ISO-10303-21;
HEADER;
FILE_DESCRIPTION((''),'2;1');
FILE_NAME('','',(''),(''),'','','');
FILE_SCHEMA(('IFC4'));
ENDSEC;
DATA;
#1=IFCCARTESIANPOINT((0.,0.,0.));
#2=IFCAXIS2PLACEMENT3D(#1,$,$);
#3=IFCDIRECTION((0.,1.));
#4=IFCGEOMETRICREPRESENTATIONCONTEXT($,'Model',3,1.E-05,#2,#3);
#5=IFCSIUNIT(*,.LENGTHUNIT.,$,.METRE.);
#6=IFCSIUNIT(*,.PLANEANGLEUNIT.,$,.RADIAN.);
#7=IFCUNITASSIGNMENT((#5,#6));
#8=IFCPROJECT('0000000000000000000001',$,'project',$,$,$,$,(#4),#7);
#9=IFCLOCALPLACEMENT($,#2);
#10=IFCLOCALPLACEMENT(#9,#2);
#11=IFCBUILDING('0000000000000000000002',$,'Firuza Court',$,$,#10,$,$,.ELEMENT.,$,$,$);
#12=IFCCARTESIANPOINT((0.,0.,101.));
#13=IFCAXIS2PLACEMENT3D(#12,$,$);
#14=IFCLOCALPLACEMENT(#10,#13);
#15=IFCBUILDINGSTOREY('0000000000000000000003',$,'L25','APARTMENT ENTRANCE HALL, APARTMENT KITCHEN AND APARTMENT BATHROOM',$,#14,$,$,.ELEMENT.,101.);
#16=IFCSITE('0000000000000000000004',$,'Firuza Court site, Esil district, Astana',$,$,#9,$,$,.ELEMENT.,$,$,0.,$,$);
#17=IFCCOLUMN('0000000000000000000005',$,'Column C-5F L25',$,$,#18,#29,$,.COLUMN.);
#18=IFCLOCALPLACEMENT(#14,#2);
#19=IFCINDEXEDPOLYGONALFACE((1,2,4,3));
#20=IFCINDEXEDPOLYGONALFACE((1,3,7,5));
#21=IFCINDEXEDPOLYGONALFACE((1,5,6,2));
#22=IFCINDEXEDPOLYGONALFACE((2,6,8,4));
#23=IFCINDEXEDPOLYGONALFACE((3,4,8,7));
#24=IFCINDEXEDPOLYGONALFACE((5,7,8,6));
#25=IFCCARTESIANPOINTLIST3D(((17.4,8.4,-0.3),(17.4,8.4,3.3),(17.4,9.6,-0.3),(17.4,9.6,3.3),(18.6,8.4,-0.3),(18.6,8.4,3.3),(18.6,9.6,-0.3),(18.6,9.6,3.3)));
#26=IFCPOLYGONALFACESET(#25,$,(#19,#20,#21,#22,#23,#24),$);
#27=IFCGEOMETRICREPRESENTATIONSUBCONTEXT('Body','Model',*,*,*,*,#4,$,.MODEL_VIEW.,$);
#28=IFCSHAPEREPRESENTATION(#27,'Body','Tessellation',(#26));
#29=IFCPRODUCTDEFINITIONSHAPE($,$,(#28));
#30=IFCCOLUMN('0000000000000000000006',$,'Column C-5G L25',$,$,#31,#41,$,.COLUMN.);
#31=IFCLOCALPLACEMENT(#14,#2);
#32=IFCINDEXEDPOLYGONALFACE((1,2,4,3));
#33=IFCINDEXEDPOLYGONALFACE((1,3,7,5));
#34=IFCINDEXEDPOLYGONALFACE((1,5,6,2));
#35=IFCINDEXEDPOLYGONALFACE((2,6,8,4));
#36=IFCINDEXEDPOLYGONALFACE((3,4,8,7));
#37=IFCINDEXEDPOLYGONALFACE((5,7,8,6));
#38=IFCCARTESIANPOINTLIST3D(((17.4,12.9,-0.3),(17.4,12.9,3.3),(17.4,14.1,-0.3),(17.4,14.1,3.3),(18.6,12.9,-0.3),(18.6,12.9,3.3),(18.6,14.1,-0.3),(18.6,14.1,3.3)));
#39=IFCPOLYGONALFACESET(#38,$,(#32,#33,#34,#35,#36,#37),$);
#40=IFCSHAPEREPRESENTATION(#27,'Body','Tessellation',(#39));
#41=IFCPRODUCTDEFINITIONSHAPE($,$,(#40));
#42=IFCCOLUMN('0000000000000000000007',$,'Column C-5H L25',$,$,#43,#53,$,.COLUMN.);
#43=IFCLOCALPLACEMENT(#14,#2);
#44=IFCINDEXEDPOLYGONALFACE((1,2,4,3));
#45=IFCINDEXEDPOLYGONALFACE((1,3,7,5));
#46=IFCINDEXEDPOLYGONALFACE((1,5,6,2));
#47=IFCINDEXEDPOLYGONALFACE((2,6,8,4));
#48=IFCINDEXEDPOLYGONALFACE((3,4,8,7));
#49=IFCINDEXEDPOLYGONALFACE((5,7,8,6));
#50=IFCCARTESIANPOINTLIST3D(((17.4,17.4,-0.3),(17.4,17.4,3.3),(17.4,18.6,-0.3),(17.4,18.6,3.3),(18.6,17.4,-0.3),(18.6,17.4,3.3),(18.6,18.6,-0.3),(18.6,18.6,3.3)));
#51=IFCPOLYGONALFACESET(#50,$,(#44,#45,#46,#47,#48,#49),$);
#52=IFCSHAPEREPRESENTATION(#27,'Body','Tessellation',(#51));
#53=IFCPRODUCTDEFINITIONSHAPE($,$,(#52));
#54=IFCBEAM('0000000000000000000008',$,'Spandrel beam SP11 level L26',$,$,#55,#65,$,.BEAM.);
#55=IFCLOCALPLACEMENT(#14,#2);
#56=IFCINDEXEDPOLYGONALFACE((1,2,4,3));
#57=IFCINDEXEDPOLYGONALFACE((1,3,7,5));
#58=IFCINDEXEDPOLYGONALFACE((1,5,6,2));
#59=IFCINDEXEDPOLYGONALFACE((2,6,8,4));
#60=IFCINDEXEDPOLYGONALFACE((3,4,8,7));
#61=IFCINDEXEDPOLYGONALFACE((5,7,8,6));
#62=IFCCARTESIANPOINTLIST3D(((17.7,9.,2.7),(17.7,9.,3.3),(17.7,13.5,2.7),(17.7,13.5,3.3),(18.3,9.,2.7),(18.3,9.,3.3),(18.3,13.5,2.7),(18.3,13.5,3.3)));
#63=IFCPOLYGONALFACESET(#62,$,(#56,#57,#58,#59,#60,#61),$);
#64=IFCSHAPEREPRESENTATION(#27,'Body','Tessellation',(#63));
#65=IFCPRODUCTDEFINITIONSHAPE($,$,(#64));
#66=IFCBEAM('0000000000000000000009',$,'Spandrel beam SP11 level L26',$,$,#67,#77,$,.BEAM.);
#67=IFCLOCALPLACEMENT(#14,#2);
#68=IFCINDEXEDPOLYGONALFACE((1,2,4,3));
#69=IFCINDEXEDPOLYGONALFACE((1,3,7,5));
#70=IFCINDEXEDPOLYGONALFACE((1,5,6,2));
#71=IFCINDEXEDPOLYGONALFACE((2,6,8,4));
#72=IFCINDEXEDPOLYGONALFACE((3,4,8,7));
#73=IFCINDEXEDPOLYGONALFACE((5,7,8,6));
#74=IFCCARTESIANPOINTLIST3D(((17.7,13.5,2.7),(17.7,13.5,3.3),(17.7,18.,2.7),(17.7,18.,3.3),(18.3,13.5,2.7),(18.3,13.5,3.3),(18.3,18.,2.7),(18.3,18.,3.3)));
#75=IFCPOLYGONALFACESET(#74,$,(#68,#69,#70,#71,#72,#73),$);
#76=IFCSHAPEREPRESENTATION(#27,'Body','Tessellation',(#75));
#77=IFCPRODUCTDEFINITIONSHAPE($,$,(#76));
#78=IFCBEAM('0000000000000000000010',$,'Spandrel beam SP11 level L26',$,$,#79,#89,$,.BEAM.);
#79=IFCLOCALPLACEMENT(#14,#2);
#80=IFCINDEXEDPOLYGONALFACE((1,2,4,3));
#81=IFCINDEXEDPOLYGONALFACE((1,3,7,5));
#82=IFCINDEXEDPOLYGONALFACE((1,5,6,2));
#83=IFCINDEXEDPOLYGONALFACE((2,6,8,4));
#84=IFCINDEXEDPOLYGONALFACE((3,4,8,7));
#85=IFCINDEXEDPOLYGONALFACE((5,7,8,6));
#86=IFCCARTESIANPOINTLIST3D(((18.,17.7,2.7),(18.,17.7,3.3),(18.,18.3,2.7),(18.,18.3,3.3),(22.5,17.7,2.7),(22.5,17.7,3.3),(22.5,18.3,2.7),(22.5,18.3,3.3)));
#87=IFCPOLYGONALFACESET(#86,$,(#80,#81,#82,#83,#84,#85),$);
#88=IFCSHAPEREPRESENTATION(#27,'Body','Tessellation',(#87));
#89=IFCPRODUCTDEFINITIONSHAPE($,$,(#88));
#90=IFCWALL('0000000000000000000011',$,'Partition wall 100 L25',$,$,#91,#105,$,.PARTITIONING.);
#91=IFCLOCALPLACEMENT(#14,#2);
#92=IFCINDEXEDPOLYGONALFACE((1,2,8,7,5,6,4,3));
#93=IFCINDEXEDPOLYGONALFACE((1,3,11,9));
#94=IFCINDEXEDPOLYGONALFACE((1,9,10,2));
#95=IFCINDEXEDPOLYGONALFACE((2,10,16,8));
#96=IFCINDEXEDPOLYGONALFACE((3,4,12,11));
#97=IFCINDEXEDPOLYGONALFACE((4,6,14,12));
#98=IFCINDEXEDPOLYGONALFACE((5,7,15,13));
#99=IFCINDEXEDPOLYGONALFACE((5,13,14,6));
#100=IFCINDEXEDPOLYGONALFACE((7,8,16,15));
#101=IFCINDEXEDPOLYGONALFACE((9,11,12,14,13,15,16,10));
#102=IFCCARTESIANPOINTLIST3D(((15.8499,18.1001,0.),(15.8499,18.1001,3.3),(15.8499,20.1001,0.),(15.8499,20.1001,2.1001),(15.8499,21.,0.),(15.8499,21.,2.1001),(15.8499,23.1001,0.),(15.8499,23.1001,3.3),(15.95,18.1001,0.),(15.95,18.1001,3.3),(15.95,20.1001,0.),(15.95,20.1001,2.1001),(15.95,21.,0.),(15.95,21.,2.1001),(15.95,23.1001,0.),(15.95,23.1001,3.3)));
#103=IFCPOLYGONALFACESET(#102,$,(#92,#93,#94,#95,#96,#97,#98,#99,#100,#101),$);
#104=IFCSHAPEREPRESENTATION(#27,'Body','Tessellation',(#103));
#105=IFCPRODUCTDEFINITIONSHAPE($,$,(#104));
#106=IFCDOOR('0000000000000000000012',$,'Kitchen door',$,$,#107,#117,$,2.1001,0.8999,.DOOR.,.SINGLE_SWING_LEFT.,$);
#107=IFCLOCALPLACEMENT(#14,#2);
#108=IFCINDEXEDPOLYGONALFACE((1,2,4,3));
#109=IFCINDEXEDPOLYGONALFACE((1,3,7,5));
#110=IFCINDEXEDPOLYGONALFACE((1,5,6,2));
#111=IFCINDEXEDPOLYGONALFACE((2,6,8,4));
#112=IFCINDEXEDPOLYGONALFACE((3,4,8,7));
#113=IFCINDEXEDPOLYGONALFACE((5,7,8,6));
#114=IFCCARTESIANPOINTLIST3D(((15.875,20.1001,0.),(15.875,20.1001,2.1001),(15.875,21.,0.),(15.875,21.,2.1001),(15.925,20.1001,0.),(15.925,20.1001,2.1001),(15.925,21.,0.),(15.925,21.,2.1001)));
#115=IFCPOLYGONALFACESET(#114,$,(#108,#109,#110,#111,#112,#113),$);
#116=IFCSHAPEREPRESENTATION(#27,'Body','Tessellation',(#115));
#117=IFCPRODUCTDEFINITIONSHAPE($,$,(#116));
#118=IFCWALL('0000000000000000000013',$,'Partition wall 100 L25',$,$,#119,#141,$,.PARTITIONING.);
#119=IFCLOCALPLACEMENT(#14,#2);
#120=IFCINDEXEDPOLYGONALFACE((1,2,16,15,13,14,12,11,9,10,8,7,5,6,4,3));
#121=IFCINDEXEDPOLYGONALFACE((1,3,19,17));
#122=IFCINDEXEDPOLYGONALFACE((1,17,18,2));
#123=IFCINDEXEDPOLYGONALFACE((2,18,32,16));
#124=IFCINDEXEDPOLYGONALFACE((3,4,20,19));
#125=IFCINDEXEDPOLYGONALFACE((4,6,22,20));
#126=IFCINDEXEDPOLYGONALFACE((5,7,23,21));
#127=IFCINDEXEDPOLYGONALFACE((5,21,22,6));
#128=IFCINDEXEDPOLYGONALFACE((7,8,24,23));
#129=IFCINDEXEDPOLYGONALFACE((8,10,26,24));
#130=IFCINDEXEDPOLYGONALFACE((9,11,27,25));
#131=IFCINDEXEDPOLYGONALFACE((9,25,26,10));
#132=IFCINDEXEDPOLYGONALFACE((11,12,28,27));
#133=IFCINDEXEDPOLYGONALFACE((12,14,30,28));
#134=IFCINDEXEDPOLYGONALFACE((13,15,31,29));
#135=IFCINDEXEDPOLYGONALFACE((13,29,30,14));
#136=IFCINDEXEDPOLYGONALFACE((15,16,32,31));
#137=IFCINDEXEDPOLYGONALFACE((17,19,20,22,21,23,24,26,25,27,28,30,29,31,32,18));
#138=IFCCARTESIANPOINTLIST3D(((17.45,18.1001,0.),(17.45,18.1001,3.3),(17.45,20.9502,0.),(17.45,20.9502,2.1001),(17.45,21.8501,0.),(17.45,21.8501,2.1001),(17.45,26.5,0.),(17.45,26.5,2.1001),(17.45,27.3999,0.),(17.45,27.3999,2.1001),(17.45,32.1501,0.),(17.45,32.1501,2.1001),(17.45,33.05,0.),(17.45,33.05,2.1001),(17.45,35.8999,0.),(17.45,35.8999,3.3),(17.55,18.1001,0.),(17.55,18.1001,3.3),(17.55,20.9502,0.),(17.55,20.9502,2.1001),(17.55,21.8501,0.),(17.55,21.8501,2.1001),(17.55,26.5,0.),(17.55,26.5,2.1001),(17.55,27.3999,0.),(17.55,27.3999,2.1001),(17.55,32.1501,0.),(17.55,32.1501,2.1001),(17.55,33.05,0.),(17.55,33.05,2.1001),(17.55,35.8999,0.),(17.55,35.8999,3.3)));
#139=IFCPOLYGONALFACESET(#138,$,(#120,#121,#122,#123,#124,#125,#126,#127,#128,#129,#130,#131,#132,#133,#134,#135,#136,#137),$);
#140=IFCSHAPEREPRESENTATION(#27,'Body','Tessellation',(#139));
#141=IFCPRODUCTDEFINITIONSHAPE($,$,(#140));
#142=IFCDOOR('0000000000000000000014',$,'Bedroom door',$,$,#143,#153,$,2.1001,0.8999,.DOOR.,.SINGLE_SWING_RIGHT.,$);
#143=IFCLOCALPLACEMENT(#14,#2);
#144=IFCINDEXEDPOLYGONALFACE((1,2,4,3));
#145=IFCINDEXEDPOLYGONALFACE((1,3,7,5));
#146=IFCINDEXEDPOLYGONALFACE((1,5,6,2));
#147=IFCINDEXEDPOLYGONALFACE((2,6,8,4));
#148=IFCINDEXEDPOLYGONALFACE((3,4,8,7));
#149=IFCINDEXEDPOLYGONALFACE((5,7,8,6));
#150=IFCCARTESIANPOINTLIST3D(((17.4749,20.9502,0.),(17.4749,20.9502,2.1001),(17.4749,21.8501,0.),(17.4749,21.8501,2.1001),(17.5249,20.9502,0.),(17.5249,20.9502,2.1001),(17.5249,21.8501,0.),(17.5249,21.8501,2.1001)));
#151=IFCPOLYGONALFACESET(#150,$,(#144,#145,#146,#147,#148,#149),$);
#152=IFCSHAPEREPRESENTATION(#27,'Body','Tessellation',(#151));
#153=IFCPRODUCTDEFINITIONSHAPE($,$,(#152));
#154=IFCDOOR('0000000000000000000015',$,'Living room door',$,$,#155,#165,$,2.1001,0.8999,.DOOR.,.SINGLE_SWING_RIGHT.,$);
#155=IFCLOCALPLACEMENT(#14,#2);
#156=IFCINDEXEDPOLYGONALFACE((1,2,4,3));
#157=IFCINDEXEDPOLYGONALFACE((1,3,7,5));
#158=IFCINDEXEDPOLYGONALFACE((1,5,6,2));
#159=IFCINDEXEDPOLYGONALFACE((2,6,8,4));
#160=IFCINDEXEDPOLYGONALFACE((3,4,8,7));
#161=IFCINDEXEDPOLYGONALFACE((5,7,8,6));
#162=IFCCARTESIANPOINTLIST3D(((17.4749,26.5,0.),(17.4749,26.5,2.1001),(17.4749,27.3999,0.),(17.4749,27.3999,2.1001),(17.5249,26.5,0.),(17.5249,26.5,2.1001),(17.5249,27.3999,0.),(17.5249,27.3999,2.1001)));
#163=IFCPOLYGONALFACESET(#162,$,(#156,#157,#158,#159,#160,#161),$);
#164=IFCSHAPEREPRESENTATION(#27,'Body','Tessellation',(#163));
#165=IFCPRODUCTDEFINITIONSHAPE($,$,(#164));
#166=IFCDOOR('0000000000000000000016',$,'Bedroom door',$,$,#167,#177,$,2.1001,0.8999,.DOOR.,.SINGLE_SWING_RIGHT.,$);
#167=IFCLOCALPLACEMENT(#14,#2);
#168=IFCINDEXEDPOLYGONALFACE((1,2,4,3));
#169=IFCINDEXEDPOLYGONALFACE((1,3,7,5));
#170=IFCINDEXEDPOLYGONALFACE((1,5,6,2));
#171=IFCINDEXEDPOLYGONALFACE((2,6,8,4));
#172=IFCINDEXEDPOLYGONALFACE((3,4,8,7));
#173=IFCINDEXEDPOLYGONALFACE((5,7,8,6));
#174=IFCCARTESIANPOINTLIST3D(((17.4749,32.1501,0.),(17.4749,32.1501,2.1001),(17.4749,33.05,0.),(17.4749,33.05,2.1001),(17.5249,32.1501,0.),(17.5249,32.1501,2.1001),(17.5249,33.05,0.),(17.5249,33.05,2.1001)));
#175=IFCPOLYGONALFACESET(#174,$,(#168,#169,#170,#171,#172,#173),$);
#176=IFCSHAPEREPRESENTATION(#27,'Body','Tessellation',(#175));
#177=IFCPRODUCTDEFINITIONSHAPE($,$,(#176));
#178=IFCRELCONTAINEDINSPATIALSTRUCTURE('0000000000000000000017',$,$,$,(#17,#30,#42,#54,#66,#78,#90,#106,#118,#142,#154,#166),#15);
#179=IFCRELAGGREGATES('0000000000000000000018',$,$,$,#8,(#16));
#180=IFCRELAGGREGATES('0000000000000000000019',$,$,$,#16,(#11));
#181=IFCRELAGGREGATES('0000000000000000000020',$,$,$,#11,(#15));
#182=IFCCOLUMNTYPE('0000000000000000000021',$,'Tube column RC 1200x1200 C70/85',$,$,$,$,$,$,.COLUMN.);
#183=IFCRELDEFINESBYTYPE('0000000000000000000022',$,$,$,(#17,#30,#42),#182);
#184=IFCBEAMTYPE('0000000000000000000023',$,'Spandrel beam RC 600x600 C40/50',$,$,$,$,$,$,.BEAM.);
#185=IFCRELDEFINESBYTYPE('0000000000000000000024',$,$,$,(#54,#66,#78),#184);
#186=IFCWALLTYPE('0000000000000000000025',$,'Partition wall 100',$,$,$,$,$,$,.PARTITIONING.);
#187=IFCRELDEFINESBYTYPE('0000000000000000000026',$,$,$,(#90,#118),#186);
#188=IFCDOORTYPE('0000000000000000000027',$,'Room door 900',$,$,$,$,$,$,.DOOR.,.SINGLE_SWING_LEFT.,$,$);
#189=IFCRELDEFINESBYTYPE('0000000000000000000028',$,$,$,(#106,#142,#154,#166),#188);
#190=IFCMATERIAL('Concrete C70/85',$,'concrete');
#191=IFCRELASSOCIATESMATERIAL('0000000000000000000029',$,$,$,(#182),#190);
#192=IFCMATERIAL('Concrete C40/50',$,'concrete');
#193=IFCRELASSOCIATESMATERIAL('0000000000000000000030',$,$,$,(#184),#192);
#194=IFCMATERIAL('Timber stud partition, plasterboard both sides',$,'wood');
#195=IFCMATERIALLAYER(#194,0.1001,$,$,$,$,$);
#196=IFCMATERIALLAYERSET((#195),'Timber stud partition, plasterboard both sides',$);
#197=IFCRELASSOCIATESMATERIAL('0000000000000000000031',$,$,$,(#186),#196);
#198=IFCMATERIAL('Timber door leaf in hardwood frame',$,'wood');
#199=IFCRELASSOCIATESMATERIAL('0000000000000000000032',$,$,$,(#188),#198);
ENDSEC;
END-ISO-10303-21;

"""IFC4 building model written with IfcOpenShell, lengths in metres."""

from ifc_helpers import new_model, si_unit, direction, frame, frame_2d, origin, origin_2d, place, context, subcontext, project, spatial, rectangle, extrude, material, layer, layer_set, material_profile, profile_set, type_object, element, fill, save


model = new_model("IFC4")

# Units and contexts
model_context = context("Model", 3, precision=1e-05, world=origin(), true_north=direction((0.0, 1.0)))
body_context = subcontext(model_context, "Body", "Model", "MODEL_VIEW")
ifc_project = project(units=[si_unit("LENGTHUNIT", "METRE"), si_unit("PLANEANGLEUNIT", "RADIAN")], contexts=[model_context])

# Site, building, storey
site_placement = place(None, origin())
site = spatial("IfcSite", under=ifc_project, at=site_placement, Name="Firuza Court site, Esil district, Astana", CompositionType="ELEMENT", RefElevation=0.0)
building_placement = place(site_placement, origin())
building = spatial("IfcBuilding", under=site, at=building_placement, Name="Firuza Court", CompositionType="ELEMENT")
storey_placement = place(building_placement, frame((0.0, 0.0, 101.0)))
storey = spatial("IfcBuildingStorey", under=building, at=storey_placement, Name="L25", Description="APARTMENT ENTRANCE HALL, APARTMENT KITCHEN AND APARTMENT BATHROOM", CompositionType="ELEMENT", Elevation=101.0)

# Columns
ifc_material_1 = material(Name="Concrete C70/85", Category="concrete")
ifc_material_profile_1 = material_profile(ifc_material_1, rectangle(XDim=1.2, YDim=1.2, at=origin_2d()), Name="RC 1200x1200")
ifc_profile_set_1 = profile_set([ifc_material_profile_1], Name="Concrete C70/85")
column_type = type_object("IfcColumnType", Name="Tube column RC 1200x1200 C70/85", PredefinedType="COLUMN", material=ifc_profile_set_1)
for number, where, z_axis, x_axis, name in (
    (1, (18.0, 9.0, -0.3), (0.0, 0.0, 1.0), (1.0, 0.0, 0.0), "Column C-5F L25"),
    (2, (18.0, 13.5, -0.3), (0.0, 0.0, 1.0), (1.0, 0.0, 0.0), "Column C-5G L25"),
    (3, (18.0, 18.0, -0.3), (0.0, 0.0, 1.0), (1.0, 0.0, 0.0), "Column C-5H L25"),
):
    element("IfcColumn", number, at=place(storey_placement, frame(where, z_axis=z_axis, x_axis=x_axis)), inside=storey, type_object=column_type, Name=name, PredefinedType="COLUMN", context=body_context, shape_type="SweptSolid", body=[
        extrude(rectangle(XDim=1.2, YDim=1.2, at=origin_2d()), origin(), (0.0, 0.0, 1.0), 3.6001),
    ])

# Beams
ifc_material_2 = material(Name="Concrete C40/50", Category="concrete")
ifc_material_profile_2 = material_profile(ifc_material_2, rectangle(XDim=0.6001, YDim=0.6001, at=origin_2d()), Name="RC 600x600")
ifc_profile_set_2 = profile_set([ifc_material_profile_2], Name="Concrete C40/50")
beam_type = type_object("IfcBeamType", Name="Spandrel beam RC 600x600 C40/50", PredefinedType="BEAM", material=ifc_profile_set_2)
for number, where, z_axis, x_axis, name in (
    (4, (18.0, 9.0, 3.0), (0.0, 1.0, 0.0), (-1.0, 0.0, 0.0), "Spandrel beam SP11 level L26"),
    (5, (18.0, 13.5, 3.0), (0.0, 1.0, 0.0), (-1.0, 0.0, 0.0), "Spandrel beam SP11 level L26"),
    (6, (18.0, 18.0, 3.0), (1.0, 0.0, 0.0), (0.0, 1.0, 0.0), "Spandrel beam SP11 level L26"),
):
    element("IfcBeam", number, at=place(storey_placement, frame(where, z_axis=z_axis, x_axis=x_axis)), inside=storey, type_object=beam_type, Name=name, PredefinedType="BEAM", context=body_context, shape_type="SweptSolid", body=[
        extrude(rectangle(XDim=0.6001, YDim=0.6001, at=origin_2d()), origin(), (0.0, 0.0, 1.0), 4.5),
    ])

# Wall, opening, door
ifc_material_3 = material(Name="Timber stud partition, plasterboard both sides", Category="wood")
ifc_layer_1 = layer(ifc_material_3, 0.1001)
ifc_layer_set_1 = layer_set([ifc_layer_1], Name="Timber stud partition, plasterboard both sides")
wall_type_1 = type_object("IfcWallType", Name="Partition wall 100", PredefinedType="PARTITIONING", material=ifc_layer_set_1)
wall_1_placement = place(storey_placement, frame((15.8999, 18.1001, 0.0), z_axis=(0.0, 0.0, 1.0), x_axis=(0.0, 1.0, 0.0)))
wall_1 = element("IfcWall", 7, at=wall_1_placement, inside=storey, type_object=wall_type_1, Name="Partition wall 100 L25", PredefinedType="PARTITIONING", context=body_context, shape_type="SweptSolid", body=[
    extrude(rectangle(XDim=5.0, YDim=0.1001, at=frame_2d((2.5, 0.0))), origin(), (0.0, 0.0, 1.0), 3.3),
])
opening_1_placement = place(wall_1_placement, frame((2.0, 0.0, 0.0)))
opening_1 = element("IfcOpeningElement", 8, at=opening_1_placement, cuts=wall_1, PredefinedType="OPENING", context=body_context, shape_type="SweptSolid", body=[
    extrude(rectangle(XDim=0.8999, YDim=2.1001, at=frame_2d((0.45, 1.05))), frame((0.0, 0.062, 0.0), z_axis=(0.0, -1.0, 0.0), x_axis=(1.0, 0.0, 0.0)), (0.0, 0.0, 1.0), 0.124),
])
ifc_material_4 = material(Name="Timber door leaf in hardwood frame", Category="wood")
door_type = type_object("IfcDoorType", Name="Room door 900", OperationType="SINGLE_SWING_LEFT", PredefinedType="DOOR", material=ifc_material_4)
door_1_placement = place(opening_1_placement, origin())
door_1 = element("IfcDoor", 9, at=door_1_placement, inside=storey, type_object=door_type, Name="Kitchen door", OperationType="SINGLE_SWING_LEFT", OverallHeight=2.1001, OverallWidth=0.8999, PredefinedType="DOOR", context=body_context, shape_type="SweptSolid", body=[
    extrude(rectangle(XDim=0.8999, YDim=2.1001, at=frame_2d((0.45, 1.05))), frame((0.0, 0.0249, 0.0), z_axis=(0.0, -1.0, 0.0), x_axis=(1.0, 0.0, 0.0)), (0.0, 0.0, 1.0), 0.05),
])
fill(opening_1, door_1)

# Wall, openings, doors
wall_2_placement = place(storey_placement, frame((17.5, 18.1001, 0.0), z_axis=(0.0, 0.0, 1.0), x_axis=(0.0, 1.0, 0.0)))
wall_2 = element("IfcWall", 10, at=wall_2_placement, inside=storey, type_object=wall_type_1, Name="Partition wall 100 L25", PredefinedType="PARTITIONING", context=body_context, shape_type="SweptSolid", body=[
    extrude(rectangle(XDim=17.7998, YDim=0.1001, at=frame_2d((8.8999, 0.0))), origin(), (0.0, 0.0, 1.0), 3.3),
])
opening_2_placement = place(wall_2_placement, frame((2.8501, 0.0, 0.0)))
opening_2 = element("IfcOpeningElement", 11, at=opening_2_placement, cuts=wall_2, PredefinedType="OPENING", context=body_context, shape_type="SweptSolid", body=[
    extrude(rectangle(XDim=0.8999, YDim=2.1001, at=frame_2d((0.45, 1.05))), frame((0.0, 0.062, 0.0), z_axis=(0.0, -1.0, 0.0), x_axis=(1.0, 0.0, 0.0)), (0.0, 0.0, 1.0), 0.124),
])
opening_3_placement = place(wall_2_placement, frame((8.3999, 0.0, 0.0)))
opening_3 = element("IfcOpeningElement", 12, at=opening_3_placement, cuts=wall_2, PredefinedType="OPENING", context=body_context, shape_type="SweptSolid", body=[
    extrude(rectangle(XDim=0.8999, YDim=2.1001, at=frame_2d((0.45, 1.05))), frame((0.0, 0.062, 0.0), z_axis=(0.0, -1.0, 0.0), x_axis=(1.0, 0.0, 0.0)), (0.0, 0.0, 1.0), 0.124),
])
opening_4_placement = place(wall_2_placement, frame((14.05, 0.0, 0.0)))
opening_4 = element("IfcOpeningElement", 13, at=opening_4_placement, cuts=wall_2, PredefinedType="OPENING", context=body_context, shape_type="SweptSolid", body=[
    extrude(rectangle(XDim=0.8999, YDim=2.1001, at=frame_2d((0.45, 1.05))), frame((0.0, 0.062, 0.0), z_axis=(0.0, -1.0, 0.0), x_axis=(1.0, 0.0, 0.0)), (0.0, 0.0, 1.0), 0.124),
])
door_2_placement = place(opening_2_placement, frame((0.8999, 0.0, 0.0), z_axis=(0.0, 0.0, 1.0), x_axis=(-1.0, 0.0, 0.0)))
door_2 = element("IfcDoor", 14, at=door_2_placement, inside=storey, type_object=door_type, Name="Bedroom door", OperationType="SINGLE_SWING_RIGHT", OverallHeight=2.1001, OverallWidth=0.8999, PredefinedType="DOOR", context=body_context, shape_type="SweptSolid", body=[
    extrude(rectangle(XDim=0.8999, YDim=2.1001, at=frame_2d((0.45, 1.05))), frame((0.0, 0.0249, 0.0), z_axis=(0.0, -1.0, 0.0), x_axis=(1.0, 0.0, 0.0)), (0.0, 0.0, 1.0), 0.05),
])
fill(opening_2, door_2)
door_3_placement = place(opening_3_placement, frame((0.8999, 0.0, 0.0), z_axis=(0.0, 0.0, 1.0), x_axis=(-1.0, 0.0, 0.0)))
door_3 = element("IfcDoor", 15, at=door_3_placement, inside=storey, type_object=door_type, Name="Living room door", OperationType="SINGLE_SWING_RIGHT", OverallHeight=2.1001, OverallWidth=0.8999, PredefinedType="DOOR", context=body_context, shape_type="SweptSolid", body=[
    extrude(rectangle(XDim=0.8999, YDim=2.1001, at=frame_2d((0.45, 1.05))), frame((0.0, 0.0249, 0.0), z_axis=(0.0, -1.0, 0.0), x_axis=(1.0, 0.0, 0.0)), (0.0, 0.0, 1.0), 0.05),
])
fill(opening_3, door_3)
door_4_placement = place(opening_4_placement, frame((0.8999, 0.0, 0.0), z_axis=(0.0, 0.0, 1.0), x_axis=(-1.0, 0.0, 0.0)))
door_4 = element("IfcDoor", 16, at=door_4_placement, inside=storey, type_object=door_type, Name="Bedroom door", OperationType="SINGLE_SWING_RIGHT", OverallHeight=2.1001, OverallWidth=0.8999, PredefinedType="DOOR", context=body_context, shape_type="SweptSolid", body=[
    extrude(rectangle(XDim=0.8999, YDim=2.1001, at=frame_2d((0.45, 1.05))), frame((0.0, 0.0249, 0.0), z_axis=(0.0, -1.0, 0.0), x_axis=(1.0, 0.0, 0.0)), (0.0, 0.0, 1.0), 0.05),
])
fill(opening_4, door_4)

save(model, "model.ifc")
